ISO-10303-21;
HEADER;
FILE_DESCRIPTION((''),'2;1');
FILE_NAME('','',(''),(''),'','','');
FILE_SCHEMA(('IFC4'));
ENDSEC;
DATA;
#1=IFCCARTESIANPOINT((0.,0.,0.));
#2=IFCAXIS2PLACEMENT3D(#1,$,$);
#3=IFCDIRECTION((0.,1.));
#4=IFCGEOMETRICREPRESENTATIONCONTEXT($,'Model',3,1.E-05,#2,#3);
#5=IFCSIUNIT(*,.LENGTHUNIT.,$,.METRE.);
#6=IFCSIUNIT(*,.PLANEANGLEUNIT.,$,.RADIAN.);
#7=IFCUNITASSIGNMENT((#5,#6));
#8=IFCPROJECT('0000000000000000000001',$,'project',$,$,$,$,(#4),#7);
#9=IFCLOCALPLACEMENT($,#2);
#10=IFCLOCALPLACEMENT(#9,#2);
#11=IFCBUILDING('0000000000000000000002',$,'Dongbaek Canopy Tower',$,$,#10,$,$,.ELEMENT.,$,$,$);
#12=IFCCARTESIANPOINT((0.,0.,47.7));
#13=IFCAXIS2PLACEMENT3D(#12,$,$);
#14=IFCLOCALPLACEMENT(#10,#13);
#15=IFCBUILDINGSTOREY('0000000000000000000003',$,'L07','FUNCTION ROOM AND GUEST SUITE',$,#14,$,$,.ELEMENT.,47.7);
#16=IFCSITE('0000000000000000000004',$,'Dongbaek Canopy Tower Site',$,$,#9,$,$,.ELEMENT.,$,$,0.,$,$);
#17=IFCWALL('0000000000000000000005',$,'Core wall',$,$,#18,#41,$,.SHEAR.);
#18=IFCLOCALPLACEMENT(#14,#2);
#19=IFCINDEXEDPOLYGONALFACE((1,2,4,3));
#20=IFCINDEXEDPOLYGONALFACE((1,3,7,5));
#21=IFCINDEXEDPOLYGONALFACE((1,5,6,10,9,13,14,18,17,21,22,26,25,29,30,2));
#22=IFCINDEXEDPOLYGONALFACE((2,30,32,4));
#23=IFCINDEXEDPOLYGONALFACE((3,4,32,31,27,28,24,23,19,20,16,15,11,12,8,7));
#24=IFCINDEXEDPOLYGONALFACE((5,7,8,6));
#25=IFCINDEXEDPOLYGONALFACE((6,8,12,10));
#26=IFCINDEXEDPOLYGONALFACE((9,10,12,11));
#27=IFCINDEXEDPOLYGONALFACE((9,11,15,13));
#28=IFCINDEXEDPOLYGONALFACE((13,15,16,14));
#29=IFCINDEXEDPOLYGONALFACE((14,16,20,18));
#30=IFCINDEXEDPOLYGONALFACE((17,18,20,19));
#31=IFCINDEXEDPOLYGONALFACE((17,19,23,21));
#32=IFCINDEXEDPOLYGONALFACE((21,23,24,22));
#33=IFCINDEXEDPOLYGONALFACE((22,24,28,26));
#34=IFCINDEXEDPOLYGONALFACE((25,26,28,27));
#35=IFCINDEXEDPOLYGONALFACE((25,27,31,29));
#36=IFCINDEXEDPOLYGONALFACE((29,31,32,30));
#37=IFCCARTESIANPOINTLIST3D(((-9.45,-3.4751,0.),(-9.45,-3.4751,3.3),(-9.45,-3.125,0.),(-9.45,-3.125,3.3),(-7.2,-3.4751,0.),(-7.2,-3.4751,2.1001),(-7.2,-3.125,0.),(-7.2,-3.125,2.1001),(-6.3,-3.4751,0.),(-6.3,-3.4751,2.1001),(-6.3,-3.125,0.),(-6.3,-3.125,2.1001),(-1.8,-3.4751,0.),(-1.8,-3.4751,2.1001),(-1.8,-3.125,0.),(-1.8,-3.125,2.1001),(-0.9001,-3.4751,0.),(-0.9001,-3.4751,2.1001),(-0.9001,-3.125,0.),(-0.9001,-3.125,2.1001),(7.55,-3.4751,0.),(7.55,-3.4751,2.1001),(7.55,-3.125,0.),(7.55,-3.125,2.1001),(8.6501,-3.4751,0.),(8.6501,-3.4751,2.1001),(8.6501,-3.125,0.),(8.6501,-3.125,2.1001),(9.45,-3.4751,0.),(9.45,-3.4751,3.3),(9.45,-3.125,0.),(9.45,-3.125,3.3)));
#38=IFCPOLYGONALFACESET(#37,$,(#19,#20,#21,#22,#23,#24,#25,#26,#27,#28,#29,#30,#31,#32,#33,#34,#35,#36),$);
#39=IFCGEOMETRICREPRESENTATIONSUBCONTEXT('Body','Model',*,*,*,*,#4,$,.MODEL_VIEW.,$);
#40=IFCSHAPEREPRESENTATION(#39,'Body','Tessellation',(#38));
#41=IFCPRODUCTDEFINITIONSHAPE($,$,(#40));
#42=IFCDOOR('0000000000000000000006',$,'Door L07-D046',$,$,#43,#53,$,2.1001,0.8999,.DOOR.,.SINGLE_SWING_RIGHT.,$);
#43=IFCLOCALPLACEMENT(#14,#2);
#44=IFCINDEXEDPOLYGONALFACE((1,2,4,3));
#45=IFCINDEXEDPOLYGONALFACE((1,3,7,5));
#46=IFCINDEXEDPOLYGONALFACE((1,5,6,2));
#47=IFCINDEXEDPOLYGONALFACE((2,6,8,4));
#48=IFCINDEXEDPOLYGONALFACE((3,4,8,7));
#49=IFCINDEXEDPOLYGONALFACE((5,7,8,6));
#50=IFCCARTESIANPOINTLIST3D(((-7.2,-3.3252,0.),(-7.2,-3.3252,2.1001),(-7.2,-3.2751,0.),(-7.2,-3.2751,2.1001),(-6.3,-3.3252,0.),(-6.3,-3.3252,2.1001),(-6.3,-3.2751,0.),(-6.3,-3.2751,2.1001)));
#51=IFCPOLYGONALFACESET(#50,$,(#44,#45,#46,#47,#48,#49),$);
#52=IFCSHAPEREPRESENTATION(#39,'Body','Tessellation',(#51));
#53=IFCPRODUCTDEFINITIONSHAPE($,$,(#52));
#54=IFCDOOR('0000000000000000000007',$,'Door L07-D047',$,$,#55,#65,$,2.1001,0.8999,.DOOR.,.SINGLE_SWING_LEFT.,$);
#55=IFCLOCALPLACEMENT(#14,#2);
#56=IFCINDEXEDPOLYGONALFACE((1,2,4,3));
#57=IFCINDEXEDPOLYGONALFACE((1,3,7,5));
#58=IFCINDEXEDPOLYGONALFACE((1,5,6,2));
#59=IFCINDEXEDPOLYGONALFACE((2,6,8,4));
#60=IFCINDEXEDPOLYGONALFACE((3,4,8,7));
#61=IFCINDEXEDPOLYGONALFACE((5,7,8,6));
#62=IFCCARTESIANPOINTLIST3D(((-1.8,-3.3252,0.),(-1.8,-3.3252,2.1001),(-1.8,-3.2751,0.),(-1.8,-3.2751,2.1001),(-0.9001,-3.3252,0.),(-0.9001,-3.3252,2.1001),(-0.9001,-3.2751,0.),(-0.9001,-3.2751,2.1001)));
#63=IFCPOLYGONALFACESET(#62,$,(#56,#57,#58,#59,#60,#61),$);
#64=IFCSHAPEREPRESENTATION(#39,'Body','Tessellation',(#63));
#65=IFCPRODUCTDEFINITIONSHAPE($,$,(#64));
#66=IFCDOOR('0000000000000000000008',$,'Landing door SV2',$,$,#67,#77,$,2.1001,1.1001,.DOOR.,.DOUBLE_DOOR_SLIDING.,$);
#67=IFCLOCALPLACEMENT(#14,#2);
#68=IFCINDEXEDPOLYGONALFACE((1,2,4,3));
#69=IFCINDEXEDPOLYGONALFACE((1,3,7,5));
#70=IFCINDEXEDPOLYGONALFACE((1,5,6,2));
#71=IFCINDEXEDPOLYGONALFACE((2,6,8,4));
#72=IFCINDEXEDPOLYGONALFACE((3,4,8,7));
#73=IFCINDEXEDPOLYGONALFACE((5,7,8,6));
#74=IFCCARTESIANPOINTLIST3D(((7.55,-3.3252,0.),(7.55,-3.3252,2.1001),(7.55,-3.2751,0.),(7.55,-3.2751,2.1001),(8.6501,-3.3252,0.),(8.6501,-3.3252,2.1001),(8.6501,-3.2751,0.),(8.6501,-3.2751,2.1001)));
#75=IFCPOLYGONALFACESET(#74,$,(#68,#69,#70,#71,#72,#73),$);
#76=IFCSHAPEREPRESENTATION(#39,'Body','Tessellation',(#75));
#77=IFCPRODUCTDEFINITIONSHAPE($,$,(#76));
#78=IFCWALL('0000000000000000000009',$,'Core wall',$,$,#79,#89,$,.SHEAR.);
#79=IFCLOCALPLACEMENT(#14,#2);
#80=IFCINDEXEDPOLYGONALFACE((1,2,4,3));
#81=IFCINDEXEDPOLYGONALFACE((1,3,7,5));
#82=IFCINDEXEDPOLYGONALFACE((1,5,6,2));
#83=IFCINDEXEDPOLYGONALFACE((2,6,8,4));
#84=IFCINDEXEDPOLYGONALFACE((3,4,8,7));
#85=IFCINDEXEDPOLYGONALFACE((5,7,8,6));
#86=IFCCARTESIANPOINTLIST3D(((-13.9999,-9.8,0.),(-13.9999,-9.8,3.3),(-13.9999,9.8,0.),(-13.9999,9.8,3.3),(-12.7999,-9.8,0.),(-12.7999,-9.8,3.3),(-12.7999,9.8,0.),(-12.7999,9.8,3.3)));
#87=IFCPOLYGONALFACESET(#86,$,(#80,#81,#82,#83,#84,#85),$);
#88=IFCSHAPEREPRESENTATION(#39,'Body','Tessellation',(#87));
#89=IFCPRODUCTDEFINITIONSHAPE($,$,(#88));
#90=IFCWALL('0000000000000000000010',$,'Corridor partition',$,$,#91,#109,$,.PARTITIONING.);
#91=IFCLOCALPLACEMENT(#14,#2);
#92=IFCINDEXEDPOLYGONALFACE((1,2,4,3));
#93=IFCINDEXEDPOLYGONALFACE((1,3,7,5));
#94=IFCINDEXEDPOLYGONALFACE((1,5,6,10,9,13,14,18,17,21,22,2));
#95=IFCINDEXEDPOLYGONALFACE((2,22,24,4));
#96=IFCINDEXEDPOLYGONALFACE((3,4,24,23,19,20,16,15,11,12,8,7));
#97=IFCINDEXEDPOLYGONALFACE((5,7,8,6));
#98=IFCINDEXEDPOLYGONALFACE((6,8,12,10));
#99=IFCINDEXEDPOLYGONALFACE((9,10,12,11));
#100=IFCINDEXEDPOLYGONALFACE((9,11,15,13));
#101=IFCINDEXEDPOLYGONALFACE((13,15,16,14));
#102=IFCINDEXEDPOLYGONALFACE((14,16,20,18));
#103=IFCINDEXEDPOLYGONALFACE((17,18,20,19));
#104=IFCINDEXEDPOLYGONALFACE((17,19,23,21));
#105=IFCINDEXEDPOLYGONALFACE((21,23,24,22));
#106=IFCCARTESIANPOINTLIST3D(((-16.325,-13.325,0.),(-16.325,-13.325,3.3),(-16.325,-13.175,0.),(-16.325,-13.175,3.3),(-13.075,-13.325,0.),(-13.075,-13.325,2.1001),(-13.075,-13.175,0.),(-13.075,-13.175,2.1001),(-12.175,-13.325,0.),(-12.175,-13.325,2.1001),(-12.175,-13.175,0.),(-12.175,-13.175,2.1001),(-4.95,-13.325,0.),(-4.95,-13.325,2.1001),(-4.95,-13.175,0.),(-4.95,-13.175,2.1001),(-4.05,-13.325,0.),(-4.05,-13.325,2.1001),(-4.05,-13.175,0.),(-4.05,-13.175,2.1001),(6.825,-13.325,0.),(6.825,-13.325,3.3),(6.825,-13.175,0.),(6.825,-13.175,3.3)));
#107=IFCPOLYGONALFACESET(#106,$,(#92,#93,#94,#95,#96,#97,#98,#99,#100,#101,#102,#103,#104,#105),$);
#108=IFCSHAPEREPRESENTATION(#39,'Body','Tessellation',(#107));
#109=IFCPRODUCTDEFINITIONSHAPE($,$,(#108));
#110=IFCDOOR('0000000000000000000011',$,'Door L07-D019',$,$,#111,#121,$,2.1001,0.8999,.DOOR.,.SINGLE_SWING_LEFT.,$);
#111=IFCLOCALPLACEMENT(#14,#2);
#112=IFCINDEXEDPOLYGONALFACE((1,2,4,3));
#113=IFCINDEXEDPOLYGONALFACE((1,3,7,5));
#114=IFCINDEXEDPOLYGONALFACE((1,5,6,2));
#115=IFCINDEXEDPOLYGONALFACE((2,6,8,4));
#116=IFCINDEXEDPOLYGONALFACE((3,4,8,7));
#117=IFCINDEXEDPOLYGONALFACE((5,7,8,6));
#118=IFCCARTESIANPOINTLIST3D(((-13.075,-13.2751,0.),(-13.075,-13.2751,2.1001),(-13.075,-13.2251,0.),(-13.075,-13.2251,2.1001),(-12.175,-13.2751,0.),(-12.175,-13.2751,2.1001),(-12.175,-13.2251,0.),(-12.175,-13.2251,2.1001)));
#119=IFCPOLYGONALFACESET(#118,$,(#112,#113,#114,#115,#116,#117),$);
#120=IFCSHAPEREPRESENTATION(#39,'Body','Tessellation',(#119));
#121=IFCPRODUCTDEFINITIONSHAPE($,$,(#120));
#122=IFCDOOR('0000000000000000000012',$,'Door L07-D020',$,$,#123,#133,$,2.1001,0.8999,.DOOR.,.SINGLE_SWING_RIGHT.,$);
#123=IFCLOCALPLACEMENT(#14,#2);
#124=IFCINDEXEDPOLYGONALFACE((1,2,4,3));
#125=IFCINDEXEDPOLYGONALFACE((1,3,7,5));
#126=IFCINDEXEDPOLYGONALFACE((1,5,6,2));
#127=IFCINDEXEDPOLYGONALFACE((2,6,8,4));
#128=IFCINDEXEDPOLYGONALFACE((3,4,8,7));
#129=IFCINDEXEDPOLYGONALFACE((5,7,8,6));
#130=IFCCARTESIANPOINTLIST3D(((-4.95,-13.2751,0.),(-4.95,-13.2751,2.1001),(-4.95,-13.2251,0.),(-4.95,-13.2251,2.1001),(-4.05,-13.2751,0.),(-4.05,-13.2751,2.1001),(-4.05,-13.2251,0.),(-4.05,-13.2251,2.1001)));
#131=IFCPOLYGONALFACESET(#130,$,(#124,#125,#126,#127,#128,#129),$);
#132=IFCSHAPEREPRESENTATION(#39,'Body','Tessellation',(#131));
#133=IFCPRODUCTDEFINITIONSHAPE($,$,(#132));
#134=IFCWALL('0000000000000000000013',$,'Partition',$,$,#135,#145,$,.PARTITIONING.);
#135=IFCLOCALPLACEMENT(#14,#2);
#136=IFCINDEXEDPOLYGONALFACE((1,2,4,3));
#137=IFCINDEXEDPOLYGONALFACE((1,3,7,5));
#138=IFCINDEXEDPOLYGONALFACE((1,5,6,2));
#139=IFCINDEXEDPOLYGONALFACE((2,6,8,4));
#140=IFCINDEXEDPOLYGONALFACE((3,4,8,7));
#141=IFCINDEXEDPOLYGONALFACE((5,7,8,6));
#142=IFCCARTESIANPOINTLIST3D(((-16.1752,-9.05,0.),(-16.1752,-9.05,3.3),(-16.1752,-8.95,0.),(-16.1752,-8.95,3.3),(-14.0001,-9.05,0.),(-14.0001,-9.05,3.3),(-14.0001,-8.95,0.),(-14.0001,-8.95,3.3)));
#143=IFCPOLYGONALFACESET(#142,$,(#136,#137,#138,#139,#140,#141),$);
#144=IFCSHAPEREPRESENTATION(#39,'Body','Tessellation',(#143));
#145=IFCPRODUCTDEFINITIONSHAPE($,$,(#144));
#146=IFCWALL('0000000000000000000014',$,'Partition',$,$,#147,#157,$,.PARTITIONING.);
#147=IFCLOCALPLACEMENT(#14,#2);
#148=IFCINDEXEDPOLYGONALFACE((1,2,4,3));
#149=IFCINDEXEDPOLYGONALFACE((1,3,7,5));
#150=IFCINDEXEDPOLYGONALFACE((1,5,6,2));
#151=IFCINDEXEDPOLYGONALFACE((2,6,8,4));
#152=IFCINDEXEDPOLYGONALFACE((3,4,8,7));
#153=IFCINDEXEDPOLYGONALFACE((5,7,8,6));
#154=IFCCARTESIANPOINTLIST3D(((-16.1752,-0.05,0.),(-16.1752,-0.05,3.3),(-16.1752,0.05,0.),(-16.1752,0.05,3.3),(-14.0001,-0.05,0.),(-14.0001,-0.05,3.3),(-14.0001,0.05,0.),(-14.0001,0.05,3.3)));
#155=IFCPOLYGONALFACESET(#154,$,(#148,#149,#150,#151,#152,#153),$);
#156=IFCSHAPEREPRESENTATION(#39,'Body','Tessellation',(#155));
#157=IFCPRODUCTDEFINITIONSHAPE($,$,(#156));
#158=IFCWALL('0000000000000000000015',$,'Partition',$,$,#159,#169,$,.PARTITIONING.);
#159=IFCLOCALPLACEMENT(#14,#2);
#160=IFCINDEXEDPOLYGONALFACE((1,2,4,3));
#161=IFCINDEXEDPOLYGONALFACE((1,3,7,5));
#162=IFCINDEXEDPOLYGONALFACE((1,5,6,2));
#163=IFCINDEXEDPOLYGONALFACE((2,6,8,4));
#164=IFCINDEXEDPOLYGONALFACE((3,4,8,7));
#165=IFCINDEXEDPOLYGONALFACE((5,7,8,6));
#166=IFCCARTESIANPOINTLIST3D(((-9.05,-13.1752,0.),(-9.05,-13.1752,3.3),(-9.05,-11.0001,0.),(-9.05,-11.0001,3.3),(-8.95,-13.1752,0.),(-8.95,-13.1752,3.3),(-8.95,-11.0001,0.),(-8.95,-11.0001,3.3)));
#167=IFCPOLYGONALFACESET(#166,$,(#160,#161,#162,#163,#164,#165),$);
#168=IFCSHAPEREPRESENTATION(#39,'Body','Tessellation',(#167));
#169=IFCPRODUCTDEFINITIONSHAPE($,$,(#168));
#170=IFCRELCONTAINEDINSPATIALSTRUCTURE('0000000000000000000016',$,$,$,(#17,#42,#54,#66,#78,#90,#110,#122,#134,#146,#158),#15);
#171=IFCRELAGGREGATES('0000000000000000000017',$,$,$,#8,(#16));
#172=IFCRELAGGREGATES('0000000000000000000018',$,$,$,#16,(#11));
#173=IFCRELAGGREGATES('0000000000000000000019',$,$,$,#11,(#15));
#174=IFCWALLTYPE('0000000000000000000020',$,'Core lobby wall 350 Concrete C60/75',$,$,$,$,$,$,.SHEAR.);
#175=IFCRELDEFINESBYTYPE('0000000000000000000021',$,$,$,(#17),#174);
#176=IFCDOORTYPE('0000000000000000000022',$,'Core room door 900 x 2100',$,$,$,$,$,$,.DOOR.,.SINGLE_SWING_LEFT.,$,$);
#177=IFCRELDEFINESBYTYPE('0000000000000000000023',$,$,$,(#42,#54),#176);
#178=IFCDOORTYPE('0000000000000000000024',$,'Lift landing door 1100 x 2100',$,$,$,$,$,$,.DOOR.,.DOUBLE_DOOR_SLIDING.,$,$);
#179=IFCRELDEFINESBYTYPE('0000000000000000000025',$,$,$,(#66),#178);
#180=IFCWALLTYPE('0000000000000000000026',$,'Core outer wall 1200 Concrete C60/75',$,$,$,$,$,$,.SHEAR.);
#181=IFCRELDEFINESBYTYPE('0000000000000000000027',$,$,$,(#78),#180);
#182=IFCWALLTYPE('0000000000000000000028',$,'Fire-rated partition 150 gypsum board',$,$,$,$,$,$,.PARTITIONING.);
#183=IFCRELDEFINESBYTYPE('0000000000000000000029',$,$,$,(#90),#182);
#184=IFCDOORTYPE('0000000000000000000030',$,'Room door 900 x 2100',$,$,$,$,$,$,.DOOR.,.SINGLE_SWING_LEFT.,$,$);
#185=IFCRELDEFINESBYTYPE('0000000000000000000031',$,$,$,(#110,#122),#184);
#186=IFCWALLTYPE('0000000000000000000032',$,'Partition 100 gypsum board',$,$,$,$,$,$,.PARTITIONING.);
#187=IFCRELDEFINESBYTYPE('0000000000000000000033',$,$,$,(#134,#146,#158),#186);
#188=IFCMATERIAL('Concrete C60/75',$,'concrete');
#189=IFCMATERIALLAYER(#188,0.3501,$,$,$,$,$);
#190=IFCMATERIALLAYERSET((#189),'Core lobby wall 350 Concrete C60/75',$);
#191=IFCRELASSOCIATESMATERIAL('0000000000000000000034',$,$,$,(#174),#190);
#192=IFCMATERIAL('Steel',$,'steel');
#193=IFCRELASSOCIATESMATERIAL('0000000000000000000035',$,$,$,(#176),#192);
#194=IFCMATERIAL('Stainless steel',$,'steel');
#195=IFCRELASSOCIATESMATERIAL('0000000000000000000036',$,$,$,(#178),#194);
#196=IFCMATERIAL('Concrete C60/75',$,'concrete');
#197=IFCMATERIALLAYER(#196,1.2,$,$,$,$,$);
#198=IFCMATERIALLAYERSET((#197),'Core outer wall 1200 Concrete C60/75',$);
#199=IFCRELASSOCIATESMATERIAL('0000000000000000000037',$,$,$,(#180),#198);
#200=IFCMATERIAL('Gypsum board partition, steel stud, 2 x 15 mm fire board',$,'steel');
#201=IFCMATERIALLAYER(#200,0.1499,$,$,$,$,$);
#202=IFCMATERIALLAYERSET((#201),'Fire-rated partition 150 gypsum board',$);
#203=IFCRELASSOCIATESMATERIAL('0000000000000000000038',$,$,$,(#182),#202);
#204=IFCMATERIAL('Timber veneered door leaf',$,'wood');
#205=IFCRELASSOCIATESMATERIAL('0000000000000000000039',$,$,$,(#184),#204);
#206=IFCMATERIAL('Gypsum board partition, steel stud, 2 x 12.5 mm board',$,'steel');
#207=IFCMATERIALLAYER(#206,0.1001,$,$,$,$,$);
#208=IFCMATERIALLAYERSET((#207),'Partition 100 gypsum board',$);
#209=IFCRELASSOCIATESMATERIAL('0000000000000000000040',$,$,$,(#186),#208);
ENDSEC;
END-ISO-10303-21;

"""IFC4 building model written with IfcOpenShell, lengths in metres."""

from ifc_helpers import new_model, si_unit, direction, frame, frame_2d, origin, place, context, subcontext, project, spatial, rectangle, extrude, material, layer, layer_set, type_object, element, fill, save


model = new_model("IFC4")

# Units and contexts
model_context = context("Model", 3, precision=1e-05, world=origin(), true_north=direction((0.0, 1.0)))
body_context = subcontext(model_context, "Body", "Model", "MODEL_VIEW")
ifc_project = project(units=[si_unit("LENGTHUNIT", "METRE"), si_unit("PLANEANGLEUNIT", "RADIAN")], contexts=[model_context])

# Site, building, storey
site_placement = place(None, origin())
site = spatial("IfcSite", under=ifc_project, at=site_placement, Name="Dongbaek Canopy Tower Site", CompositionType="ELEMENT", RefElevation=0.0)
building_placement = place(site_placement, origin())
building = spatial("IfcBuilding", under=site, at=building_placement, Name="Dongbaek Canopy Tower", CompositionType="ELEMENT")
storey_placement = place(building_placement, frame((0.0, 0.0, 47.7)))
storey = spatial("IfcBuildingStorey", under=building, at=storey_placement, Name="L07", Description="FUNCTION ROOM AND GUEST SUITE", CompositionType="ELEMENT", Elevation=47.7)

# Wall, openings, doors
ifc_material_1 = material(Name="Concrete C60/75", Category="concrete")
ifc_layer_1 = layer(ifc_material_1, 0.3501)
ifc_layer_set_1 = layer_set([ifc_layer_1], Name="Core lobby wall 350 Concrete C60/75")
wall_type_1 = type_object("IfcWallType", Name="Core lobby wall 350 Concrete C60/75", PredefinedType="SHEAR", material=ifc_layer_set_1)
wall_1_placement = place(storey_placement, frame((-9.45, -3.3, 0.0), z_axis=(0.0, 0.0, 1.0), x_axis=(1.0, 0.0, 0.0)))
wall_1 = element("IfcWall", 1, at=wall_1_placement, inside=storey, type_object=wall_type_1, Name="Core wall", PredefinedType="SHEAR", context=body_context, shape_type="SweptSolid", body=[
    extrude(rectangle(XDim=18.8999, YDim=0.3501, at=frame_2d((9.45, 0.0))), origin(), (0.0, 0.0, 1.0), 3.3),
])
opening_1_placement = place(wall_1_placement, frame((17.0, 0.0, 0.0)))
opening_1 = element("IfcOpeningElement", 2, at=opening_1_placement, cuts=wall_1, PredefinedType="OPENING", context=body_context, shape_type="SweptSolid", body=[
    extrude(rectangle(XDim=1.1001, YDim=2.1001, at=frame_2d((0.55, 1.05))), frame((0.0, 0.1851, 0.0), z_axis=(0.0, -1.0, 0.0), x_axis=(1.0, 0.0, 0.0)), (0.0, 0.0, 1.0), 0.3701),
])
opening_2_placement = place(wall_1_placement, frame((2.25, 0.0, 0.0)))
opening_2 = element("IfcOpeningElement", 3, at=opening_2_placement, cuts=wall_1, PredefinedType="OPENING", context=body_context, shape_type="SweptSolid", body=[
    extrude(rectangle(XDim=0.8999, YDim=2.1001, at=frame_2d((0.45, 1.05))), frame((0.0, 0.1851, 0.0), z_axis=(0.0, -1.0, 0.0), x_axis=(1.0, 0.0, 0.0)), (0.0, 0.0, 1.0), 0.3701),
])
opening_3_placement = place(wall_1_placement, frame((7.6499, 0.0, 0.0)))
opening_3 = element("IfcOpeningElement", 4, at=opening_3_placement, cuts=wall_1, PredefinedType="OPENING", context=body_context, shape_type="SweptSolid", body=[
    extrude(rectangle(XDim=0.8999, YDim=2.1001, at=frame_2d((0.45, 1.05))), frame((0.0, 0.1851, 0.0), z_axis=(0.0, -1.0, 0.0), x_axis=(1.0, 0.0, 0.0)), (0.0, 0.0, 1.0), 0.3701),
])
ifc_material_2 = material(Name="Steel", Category="steel")
door_type_1 = type_object("IfcDoorType", Name="Core room door 900 x 2100", OperationType="SINGLE_SWING_LEFT", PredefinedType="DOOR", material=ifc_material_2)
door_1_placement = place(opening_2_placement, origin())
door_1 = element("IfcDoor", 5, at=door_1_placement, inside=storey, type_object=door_type_1, Name="Door L07-D046", OperationType="SINGLE_SWING_RIGHT", OverallHeight=2.1001, OverallWidth=0.8999, PredefinedType="DOOR", context=body_context, shape_type="SweptSolid", body=[
    extrude(rectangle(XDim=0.8999, YDim=2.1001, at=frame_2d((0.45, 1.05))), frame((0.0, 0.0249, 0.0), z_axis=(0.0, -1.0, 0.0), x_axis=(1.0, 0.0, 0.0)), (0.0, 0.0, 1.0), 0.05),
])
fill(opening_2, door_1)
door_2_placement = place(opening_3_placement, origin())
door_2 = element("IfcDoor", 6, at=door_2_placement, inside=storey, type_object=door_type_1, Name="Door L07-D047", OperationType="SINGLE_SWING_LEFT", OverallHeight=2.1001, OverallWidth=0.8999, PredefinedType="DOOR", context=body_context, shape_type="SweptSolid", body=[
    extrude(rectangle(XDim=0.8999, YDim=2.1001, at=frame_2d((0.45, 1.05))), frame((0.0, 0.0249, 0.0), z_axis=(0.0, -1.0, 0.0), x_axis=(1.0, 0.0, 0.0)), (0.0, 0.0, 1.0), 0.05),
])
fill(opening_3, door_2)
ifc_material_3 = material(Name="Stainless steel", Category="steel")
door_type_2 = type_object("IfcDoorType", Name="Lift landing door 1100 x 2100", OperationType="DOUBLE_DOOR_SLIDING", PredefinedType="DOOR", material=ifc_material_3)
door_3_placement = place(opening_1_placement, origin())
door_3 = element("IfcDoor", 7, at=door_3_placement, inside=storey, type_object=door_type_2, Name="Landing door SV2", OperationType="DOUBLE_DOOR_SLIDING", OverallHeight=2.1001, OverallWidth=1.1001, PredefinedType="DOOR", context=body_context, shape_type="SweptSolid", body=[
    extrude(rectangle(XDim=1.1001, YDim=2.1001, at=frame_2d((0.55, 1.05))), frame((0.0, 0.0249, 0.0), z_axis=(0.0, -1.0, 0.0), x_axis=(1.0, 0.0, 0.0)), (0.0, 0.0, 1.0), 0.05),
])
fill(opening_1, door_3)

# Wall
ifc_material_4 = material(Name="Concrete C60/75", Category="concrete")
ifc_layer_2 = layer(ifc_material_4, 1.2)
ifc_layer_set_2 = layer_set([ifc_layer_2], Name="Core outer wall 1200 Concrete C60/75")
wall_type_2 = type_object("IfcWallType", Name="Core outer wall 1200 Concrete C60/75", PredefinedType="SHEAR", material=ifc_layer_set_2)
wall_2_placement = place(storey_placement, frame((-13.3999, -9.8, 0.0), z_axis=(0.0, 0.0, 1.0), x_axis=(0.0, 1.0, 0.0)))
element("IfcWall", 8, at=wall_2_placement, inside=storey, type_object=wall_type_2, Name="Core wall", PredefinedType="SHEAR", context=body_context, shape_type="SweptSolid", body=[
    extrude(rectangle(XDim=19.6001, YDim=1.2, at=frame_2d((9.8, 0.0))), origin(), (0.0, 0.0, 1.0), 3.3),
])

# Wall, openings, doors
ifc_material_5 = material(Name="Gypsum board partition, steel stud, 2 x 15 mm fire board", Category="steel")
ifc_layer_3 = layer(ifc_material_5, 0.1499)
ifc_layer_set_3 = layer_set([ifc_layer_3], Name="Fire-rated partition 150 gypsum board")
wall_type_3 = type_object("IfcWallType", Name="Fire-rated partition 150 gypsum board", PredefinedType="PARTITIONING", material=ifc_layer_set_3)
wall_3_placement = place(storey_placement, frame((-16.325, -13.25, 0.0), z_axis=(0.0, 0.0, 1.0), x_axis=(1.0, 0.0, 0.0)))
wall_3 = element("IfcWall", 9, at=wall_3_placement, inside=storey, type_object=wall_type_3, Name="Corridor partition", PredefinedType="PARTITIONING", context=body_context, shape_type="SweptSolid", body=[
    extrude(rectangle(XDim=23.1499, YDim=0.1499, at=frame_2d((11.575, 0.0))), origin(), (0.0, 0.0, 1.0), 3.3),
])
opening_4_placement = place(wall_3_placement, frame((3.25, 0.0, 0.0)))
opening_4 = element("IfcOpeningElement", 10, at=opening_4_placement, cuts=wall_3, PredefinedType="OPENING", context=body_context, shape_type="SweptSolid", body=[
    extrude(rectangle(XDim=0.8999, YDim=2.1001, at=frame_2d((0.45, 1.05))), frame((0.0, 0.085, 0.0), z_axis=(0.0, -1.0, 0.0), x_axis=(1.0, 0.0, 0.0)), (0.0, 0.0, 1.0), 0.1699),
])
opening_5_placement = place(wall_3_placement, frame((11.375, 0.0, 0.0)))
opening_5 = element("IfcOpeningElement", 11, at=opening_5_placement, cuts=wall_3, PredefinedType="OPENING", context=body_context, shape_type="SweptSolid", body=[
    extrude(rectangle(XDim=0.8999, YDim=2.1001, at=frame_2d((0.45, 1.05))), frame((0.0, 0.085, 0.0), z_axis=(0.0, -1.0, 0.0), x_axis=(1.0, 0.0, 0.0)), (0.0, 0.0, 1.0), 0.1699),
])
ifc_material_6 = material(Name="Timber veneered door leaf", Category="wood")
door_type_3 = type_object("IfcDoorType", Name="Room door 900 x 2100", OperationType="SINGLE_SWING_LEFT", PredefinedType="DOOR", material=ifc_material_6)
door_4_placement = place(opening_4_placement, origin())
door_4 = element("IfcDoor", 12, at=door_4_placement, inside=storey, type_object=door_type_3, Name="Door L07-D019", OperationType="SINGLE_SWING_LEFT", OverallHeight=2.1001, OverallWidth=0.8999, PredefinedType="DOOR", context=body_context, shape_type="SweptSolid", body=[
    extrude(rectangle(XDim=0.8999, YDim=2.1001, at=frame_2d((0.45, 1.05))), frame((0.0, 0.0249, 0.0), z_axis=(0.0, -1.0, 0.0), x_axis=(1.0, 0.0, 0.0)), (0.0, 0.0, 1.0), 0.05),
])
fill(opening_4, door_4)
door_5_placement = place(opening_5_placement, origin())
door_5 = element("IfcDoor", 13, at=door_5_placement, inside=storey, type_object=door_type_3, Name="Door L07-D020", OperationType="SINGLE_SWING_RIGHT", OverallHeight=2.1001, OverallWidth=0.8999, PredefinedType="DOOR", context=body_context, shape_type="SweptSolid", body=[
    extrude(rectangle(XDim=0.8999, YDim=2.1001, at=frame_2d((0.45, 1.05))), frame((0.0, 0.0249, 0.0), z_axis=(0.0, -1.0, 0.0), x_axis=(1.0, 0.0, 0.0)), (0.0, 0.0, 1.0), 0.05),
])
fill(opening_5, door_5)

# Walls
ifc_material_7 = material(Name="Gypsum board partition, steel stud, 2 x 12.5 mm board", Category="steel")
ifc_layer_4 = layer(ifc_material_7, 0.1001)
ifc_layer_set_4 = layer_set([ifc_layer_4], Name="Partition 100 gypsum board")
wall_type_4 = type_object("IfcWallType", Name="Partition 100 gypsum board", PredefinedType="PARTITIONING", material=ifc_layer_set_4)
for number, where, z_axis, x_axis, name in (
    (14, (-16.175, -9.0, 0.0), (0.0, 0.0, 1.0), (1.0, 0.0, 0.0), "Partition"),
    (15, (-16.175, 0.0, 0.0), (0.0, 0.0, 1.0), (1.0, 0.0, 0.0), "Partition"),
    (16, (-9.0, -13.175, 0.0), (0.0, 0.0, 1.0), (0.0, 1.0, 0.0), "Partition"),
):
    element("IfcWall", number, at=place(storey_placement, frame(where, z_axis=z_axis, x_axis=x_axis)), inside=storey, type_object=wall_type_4, Name=name, PredefinedType="PARTITIONING", context=body_context, shape_type="SweptSolid", body=[
        extrude(rectangle(XDim=2.175, YDim=0.1001, at=frame_2d((1.0874, 0.0))), origin(), (0.0, 0.0, 1.0), 3.3),
    ])

save(model, "model.ifc")
